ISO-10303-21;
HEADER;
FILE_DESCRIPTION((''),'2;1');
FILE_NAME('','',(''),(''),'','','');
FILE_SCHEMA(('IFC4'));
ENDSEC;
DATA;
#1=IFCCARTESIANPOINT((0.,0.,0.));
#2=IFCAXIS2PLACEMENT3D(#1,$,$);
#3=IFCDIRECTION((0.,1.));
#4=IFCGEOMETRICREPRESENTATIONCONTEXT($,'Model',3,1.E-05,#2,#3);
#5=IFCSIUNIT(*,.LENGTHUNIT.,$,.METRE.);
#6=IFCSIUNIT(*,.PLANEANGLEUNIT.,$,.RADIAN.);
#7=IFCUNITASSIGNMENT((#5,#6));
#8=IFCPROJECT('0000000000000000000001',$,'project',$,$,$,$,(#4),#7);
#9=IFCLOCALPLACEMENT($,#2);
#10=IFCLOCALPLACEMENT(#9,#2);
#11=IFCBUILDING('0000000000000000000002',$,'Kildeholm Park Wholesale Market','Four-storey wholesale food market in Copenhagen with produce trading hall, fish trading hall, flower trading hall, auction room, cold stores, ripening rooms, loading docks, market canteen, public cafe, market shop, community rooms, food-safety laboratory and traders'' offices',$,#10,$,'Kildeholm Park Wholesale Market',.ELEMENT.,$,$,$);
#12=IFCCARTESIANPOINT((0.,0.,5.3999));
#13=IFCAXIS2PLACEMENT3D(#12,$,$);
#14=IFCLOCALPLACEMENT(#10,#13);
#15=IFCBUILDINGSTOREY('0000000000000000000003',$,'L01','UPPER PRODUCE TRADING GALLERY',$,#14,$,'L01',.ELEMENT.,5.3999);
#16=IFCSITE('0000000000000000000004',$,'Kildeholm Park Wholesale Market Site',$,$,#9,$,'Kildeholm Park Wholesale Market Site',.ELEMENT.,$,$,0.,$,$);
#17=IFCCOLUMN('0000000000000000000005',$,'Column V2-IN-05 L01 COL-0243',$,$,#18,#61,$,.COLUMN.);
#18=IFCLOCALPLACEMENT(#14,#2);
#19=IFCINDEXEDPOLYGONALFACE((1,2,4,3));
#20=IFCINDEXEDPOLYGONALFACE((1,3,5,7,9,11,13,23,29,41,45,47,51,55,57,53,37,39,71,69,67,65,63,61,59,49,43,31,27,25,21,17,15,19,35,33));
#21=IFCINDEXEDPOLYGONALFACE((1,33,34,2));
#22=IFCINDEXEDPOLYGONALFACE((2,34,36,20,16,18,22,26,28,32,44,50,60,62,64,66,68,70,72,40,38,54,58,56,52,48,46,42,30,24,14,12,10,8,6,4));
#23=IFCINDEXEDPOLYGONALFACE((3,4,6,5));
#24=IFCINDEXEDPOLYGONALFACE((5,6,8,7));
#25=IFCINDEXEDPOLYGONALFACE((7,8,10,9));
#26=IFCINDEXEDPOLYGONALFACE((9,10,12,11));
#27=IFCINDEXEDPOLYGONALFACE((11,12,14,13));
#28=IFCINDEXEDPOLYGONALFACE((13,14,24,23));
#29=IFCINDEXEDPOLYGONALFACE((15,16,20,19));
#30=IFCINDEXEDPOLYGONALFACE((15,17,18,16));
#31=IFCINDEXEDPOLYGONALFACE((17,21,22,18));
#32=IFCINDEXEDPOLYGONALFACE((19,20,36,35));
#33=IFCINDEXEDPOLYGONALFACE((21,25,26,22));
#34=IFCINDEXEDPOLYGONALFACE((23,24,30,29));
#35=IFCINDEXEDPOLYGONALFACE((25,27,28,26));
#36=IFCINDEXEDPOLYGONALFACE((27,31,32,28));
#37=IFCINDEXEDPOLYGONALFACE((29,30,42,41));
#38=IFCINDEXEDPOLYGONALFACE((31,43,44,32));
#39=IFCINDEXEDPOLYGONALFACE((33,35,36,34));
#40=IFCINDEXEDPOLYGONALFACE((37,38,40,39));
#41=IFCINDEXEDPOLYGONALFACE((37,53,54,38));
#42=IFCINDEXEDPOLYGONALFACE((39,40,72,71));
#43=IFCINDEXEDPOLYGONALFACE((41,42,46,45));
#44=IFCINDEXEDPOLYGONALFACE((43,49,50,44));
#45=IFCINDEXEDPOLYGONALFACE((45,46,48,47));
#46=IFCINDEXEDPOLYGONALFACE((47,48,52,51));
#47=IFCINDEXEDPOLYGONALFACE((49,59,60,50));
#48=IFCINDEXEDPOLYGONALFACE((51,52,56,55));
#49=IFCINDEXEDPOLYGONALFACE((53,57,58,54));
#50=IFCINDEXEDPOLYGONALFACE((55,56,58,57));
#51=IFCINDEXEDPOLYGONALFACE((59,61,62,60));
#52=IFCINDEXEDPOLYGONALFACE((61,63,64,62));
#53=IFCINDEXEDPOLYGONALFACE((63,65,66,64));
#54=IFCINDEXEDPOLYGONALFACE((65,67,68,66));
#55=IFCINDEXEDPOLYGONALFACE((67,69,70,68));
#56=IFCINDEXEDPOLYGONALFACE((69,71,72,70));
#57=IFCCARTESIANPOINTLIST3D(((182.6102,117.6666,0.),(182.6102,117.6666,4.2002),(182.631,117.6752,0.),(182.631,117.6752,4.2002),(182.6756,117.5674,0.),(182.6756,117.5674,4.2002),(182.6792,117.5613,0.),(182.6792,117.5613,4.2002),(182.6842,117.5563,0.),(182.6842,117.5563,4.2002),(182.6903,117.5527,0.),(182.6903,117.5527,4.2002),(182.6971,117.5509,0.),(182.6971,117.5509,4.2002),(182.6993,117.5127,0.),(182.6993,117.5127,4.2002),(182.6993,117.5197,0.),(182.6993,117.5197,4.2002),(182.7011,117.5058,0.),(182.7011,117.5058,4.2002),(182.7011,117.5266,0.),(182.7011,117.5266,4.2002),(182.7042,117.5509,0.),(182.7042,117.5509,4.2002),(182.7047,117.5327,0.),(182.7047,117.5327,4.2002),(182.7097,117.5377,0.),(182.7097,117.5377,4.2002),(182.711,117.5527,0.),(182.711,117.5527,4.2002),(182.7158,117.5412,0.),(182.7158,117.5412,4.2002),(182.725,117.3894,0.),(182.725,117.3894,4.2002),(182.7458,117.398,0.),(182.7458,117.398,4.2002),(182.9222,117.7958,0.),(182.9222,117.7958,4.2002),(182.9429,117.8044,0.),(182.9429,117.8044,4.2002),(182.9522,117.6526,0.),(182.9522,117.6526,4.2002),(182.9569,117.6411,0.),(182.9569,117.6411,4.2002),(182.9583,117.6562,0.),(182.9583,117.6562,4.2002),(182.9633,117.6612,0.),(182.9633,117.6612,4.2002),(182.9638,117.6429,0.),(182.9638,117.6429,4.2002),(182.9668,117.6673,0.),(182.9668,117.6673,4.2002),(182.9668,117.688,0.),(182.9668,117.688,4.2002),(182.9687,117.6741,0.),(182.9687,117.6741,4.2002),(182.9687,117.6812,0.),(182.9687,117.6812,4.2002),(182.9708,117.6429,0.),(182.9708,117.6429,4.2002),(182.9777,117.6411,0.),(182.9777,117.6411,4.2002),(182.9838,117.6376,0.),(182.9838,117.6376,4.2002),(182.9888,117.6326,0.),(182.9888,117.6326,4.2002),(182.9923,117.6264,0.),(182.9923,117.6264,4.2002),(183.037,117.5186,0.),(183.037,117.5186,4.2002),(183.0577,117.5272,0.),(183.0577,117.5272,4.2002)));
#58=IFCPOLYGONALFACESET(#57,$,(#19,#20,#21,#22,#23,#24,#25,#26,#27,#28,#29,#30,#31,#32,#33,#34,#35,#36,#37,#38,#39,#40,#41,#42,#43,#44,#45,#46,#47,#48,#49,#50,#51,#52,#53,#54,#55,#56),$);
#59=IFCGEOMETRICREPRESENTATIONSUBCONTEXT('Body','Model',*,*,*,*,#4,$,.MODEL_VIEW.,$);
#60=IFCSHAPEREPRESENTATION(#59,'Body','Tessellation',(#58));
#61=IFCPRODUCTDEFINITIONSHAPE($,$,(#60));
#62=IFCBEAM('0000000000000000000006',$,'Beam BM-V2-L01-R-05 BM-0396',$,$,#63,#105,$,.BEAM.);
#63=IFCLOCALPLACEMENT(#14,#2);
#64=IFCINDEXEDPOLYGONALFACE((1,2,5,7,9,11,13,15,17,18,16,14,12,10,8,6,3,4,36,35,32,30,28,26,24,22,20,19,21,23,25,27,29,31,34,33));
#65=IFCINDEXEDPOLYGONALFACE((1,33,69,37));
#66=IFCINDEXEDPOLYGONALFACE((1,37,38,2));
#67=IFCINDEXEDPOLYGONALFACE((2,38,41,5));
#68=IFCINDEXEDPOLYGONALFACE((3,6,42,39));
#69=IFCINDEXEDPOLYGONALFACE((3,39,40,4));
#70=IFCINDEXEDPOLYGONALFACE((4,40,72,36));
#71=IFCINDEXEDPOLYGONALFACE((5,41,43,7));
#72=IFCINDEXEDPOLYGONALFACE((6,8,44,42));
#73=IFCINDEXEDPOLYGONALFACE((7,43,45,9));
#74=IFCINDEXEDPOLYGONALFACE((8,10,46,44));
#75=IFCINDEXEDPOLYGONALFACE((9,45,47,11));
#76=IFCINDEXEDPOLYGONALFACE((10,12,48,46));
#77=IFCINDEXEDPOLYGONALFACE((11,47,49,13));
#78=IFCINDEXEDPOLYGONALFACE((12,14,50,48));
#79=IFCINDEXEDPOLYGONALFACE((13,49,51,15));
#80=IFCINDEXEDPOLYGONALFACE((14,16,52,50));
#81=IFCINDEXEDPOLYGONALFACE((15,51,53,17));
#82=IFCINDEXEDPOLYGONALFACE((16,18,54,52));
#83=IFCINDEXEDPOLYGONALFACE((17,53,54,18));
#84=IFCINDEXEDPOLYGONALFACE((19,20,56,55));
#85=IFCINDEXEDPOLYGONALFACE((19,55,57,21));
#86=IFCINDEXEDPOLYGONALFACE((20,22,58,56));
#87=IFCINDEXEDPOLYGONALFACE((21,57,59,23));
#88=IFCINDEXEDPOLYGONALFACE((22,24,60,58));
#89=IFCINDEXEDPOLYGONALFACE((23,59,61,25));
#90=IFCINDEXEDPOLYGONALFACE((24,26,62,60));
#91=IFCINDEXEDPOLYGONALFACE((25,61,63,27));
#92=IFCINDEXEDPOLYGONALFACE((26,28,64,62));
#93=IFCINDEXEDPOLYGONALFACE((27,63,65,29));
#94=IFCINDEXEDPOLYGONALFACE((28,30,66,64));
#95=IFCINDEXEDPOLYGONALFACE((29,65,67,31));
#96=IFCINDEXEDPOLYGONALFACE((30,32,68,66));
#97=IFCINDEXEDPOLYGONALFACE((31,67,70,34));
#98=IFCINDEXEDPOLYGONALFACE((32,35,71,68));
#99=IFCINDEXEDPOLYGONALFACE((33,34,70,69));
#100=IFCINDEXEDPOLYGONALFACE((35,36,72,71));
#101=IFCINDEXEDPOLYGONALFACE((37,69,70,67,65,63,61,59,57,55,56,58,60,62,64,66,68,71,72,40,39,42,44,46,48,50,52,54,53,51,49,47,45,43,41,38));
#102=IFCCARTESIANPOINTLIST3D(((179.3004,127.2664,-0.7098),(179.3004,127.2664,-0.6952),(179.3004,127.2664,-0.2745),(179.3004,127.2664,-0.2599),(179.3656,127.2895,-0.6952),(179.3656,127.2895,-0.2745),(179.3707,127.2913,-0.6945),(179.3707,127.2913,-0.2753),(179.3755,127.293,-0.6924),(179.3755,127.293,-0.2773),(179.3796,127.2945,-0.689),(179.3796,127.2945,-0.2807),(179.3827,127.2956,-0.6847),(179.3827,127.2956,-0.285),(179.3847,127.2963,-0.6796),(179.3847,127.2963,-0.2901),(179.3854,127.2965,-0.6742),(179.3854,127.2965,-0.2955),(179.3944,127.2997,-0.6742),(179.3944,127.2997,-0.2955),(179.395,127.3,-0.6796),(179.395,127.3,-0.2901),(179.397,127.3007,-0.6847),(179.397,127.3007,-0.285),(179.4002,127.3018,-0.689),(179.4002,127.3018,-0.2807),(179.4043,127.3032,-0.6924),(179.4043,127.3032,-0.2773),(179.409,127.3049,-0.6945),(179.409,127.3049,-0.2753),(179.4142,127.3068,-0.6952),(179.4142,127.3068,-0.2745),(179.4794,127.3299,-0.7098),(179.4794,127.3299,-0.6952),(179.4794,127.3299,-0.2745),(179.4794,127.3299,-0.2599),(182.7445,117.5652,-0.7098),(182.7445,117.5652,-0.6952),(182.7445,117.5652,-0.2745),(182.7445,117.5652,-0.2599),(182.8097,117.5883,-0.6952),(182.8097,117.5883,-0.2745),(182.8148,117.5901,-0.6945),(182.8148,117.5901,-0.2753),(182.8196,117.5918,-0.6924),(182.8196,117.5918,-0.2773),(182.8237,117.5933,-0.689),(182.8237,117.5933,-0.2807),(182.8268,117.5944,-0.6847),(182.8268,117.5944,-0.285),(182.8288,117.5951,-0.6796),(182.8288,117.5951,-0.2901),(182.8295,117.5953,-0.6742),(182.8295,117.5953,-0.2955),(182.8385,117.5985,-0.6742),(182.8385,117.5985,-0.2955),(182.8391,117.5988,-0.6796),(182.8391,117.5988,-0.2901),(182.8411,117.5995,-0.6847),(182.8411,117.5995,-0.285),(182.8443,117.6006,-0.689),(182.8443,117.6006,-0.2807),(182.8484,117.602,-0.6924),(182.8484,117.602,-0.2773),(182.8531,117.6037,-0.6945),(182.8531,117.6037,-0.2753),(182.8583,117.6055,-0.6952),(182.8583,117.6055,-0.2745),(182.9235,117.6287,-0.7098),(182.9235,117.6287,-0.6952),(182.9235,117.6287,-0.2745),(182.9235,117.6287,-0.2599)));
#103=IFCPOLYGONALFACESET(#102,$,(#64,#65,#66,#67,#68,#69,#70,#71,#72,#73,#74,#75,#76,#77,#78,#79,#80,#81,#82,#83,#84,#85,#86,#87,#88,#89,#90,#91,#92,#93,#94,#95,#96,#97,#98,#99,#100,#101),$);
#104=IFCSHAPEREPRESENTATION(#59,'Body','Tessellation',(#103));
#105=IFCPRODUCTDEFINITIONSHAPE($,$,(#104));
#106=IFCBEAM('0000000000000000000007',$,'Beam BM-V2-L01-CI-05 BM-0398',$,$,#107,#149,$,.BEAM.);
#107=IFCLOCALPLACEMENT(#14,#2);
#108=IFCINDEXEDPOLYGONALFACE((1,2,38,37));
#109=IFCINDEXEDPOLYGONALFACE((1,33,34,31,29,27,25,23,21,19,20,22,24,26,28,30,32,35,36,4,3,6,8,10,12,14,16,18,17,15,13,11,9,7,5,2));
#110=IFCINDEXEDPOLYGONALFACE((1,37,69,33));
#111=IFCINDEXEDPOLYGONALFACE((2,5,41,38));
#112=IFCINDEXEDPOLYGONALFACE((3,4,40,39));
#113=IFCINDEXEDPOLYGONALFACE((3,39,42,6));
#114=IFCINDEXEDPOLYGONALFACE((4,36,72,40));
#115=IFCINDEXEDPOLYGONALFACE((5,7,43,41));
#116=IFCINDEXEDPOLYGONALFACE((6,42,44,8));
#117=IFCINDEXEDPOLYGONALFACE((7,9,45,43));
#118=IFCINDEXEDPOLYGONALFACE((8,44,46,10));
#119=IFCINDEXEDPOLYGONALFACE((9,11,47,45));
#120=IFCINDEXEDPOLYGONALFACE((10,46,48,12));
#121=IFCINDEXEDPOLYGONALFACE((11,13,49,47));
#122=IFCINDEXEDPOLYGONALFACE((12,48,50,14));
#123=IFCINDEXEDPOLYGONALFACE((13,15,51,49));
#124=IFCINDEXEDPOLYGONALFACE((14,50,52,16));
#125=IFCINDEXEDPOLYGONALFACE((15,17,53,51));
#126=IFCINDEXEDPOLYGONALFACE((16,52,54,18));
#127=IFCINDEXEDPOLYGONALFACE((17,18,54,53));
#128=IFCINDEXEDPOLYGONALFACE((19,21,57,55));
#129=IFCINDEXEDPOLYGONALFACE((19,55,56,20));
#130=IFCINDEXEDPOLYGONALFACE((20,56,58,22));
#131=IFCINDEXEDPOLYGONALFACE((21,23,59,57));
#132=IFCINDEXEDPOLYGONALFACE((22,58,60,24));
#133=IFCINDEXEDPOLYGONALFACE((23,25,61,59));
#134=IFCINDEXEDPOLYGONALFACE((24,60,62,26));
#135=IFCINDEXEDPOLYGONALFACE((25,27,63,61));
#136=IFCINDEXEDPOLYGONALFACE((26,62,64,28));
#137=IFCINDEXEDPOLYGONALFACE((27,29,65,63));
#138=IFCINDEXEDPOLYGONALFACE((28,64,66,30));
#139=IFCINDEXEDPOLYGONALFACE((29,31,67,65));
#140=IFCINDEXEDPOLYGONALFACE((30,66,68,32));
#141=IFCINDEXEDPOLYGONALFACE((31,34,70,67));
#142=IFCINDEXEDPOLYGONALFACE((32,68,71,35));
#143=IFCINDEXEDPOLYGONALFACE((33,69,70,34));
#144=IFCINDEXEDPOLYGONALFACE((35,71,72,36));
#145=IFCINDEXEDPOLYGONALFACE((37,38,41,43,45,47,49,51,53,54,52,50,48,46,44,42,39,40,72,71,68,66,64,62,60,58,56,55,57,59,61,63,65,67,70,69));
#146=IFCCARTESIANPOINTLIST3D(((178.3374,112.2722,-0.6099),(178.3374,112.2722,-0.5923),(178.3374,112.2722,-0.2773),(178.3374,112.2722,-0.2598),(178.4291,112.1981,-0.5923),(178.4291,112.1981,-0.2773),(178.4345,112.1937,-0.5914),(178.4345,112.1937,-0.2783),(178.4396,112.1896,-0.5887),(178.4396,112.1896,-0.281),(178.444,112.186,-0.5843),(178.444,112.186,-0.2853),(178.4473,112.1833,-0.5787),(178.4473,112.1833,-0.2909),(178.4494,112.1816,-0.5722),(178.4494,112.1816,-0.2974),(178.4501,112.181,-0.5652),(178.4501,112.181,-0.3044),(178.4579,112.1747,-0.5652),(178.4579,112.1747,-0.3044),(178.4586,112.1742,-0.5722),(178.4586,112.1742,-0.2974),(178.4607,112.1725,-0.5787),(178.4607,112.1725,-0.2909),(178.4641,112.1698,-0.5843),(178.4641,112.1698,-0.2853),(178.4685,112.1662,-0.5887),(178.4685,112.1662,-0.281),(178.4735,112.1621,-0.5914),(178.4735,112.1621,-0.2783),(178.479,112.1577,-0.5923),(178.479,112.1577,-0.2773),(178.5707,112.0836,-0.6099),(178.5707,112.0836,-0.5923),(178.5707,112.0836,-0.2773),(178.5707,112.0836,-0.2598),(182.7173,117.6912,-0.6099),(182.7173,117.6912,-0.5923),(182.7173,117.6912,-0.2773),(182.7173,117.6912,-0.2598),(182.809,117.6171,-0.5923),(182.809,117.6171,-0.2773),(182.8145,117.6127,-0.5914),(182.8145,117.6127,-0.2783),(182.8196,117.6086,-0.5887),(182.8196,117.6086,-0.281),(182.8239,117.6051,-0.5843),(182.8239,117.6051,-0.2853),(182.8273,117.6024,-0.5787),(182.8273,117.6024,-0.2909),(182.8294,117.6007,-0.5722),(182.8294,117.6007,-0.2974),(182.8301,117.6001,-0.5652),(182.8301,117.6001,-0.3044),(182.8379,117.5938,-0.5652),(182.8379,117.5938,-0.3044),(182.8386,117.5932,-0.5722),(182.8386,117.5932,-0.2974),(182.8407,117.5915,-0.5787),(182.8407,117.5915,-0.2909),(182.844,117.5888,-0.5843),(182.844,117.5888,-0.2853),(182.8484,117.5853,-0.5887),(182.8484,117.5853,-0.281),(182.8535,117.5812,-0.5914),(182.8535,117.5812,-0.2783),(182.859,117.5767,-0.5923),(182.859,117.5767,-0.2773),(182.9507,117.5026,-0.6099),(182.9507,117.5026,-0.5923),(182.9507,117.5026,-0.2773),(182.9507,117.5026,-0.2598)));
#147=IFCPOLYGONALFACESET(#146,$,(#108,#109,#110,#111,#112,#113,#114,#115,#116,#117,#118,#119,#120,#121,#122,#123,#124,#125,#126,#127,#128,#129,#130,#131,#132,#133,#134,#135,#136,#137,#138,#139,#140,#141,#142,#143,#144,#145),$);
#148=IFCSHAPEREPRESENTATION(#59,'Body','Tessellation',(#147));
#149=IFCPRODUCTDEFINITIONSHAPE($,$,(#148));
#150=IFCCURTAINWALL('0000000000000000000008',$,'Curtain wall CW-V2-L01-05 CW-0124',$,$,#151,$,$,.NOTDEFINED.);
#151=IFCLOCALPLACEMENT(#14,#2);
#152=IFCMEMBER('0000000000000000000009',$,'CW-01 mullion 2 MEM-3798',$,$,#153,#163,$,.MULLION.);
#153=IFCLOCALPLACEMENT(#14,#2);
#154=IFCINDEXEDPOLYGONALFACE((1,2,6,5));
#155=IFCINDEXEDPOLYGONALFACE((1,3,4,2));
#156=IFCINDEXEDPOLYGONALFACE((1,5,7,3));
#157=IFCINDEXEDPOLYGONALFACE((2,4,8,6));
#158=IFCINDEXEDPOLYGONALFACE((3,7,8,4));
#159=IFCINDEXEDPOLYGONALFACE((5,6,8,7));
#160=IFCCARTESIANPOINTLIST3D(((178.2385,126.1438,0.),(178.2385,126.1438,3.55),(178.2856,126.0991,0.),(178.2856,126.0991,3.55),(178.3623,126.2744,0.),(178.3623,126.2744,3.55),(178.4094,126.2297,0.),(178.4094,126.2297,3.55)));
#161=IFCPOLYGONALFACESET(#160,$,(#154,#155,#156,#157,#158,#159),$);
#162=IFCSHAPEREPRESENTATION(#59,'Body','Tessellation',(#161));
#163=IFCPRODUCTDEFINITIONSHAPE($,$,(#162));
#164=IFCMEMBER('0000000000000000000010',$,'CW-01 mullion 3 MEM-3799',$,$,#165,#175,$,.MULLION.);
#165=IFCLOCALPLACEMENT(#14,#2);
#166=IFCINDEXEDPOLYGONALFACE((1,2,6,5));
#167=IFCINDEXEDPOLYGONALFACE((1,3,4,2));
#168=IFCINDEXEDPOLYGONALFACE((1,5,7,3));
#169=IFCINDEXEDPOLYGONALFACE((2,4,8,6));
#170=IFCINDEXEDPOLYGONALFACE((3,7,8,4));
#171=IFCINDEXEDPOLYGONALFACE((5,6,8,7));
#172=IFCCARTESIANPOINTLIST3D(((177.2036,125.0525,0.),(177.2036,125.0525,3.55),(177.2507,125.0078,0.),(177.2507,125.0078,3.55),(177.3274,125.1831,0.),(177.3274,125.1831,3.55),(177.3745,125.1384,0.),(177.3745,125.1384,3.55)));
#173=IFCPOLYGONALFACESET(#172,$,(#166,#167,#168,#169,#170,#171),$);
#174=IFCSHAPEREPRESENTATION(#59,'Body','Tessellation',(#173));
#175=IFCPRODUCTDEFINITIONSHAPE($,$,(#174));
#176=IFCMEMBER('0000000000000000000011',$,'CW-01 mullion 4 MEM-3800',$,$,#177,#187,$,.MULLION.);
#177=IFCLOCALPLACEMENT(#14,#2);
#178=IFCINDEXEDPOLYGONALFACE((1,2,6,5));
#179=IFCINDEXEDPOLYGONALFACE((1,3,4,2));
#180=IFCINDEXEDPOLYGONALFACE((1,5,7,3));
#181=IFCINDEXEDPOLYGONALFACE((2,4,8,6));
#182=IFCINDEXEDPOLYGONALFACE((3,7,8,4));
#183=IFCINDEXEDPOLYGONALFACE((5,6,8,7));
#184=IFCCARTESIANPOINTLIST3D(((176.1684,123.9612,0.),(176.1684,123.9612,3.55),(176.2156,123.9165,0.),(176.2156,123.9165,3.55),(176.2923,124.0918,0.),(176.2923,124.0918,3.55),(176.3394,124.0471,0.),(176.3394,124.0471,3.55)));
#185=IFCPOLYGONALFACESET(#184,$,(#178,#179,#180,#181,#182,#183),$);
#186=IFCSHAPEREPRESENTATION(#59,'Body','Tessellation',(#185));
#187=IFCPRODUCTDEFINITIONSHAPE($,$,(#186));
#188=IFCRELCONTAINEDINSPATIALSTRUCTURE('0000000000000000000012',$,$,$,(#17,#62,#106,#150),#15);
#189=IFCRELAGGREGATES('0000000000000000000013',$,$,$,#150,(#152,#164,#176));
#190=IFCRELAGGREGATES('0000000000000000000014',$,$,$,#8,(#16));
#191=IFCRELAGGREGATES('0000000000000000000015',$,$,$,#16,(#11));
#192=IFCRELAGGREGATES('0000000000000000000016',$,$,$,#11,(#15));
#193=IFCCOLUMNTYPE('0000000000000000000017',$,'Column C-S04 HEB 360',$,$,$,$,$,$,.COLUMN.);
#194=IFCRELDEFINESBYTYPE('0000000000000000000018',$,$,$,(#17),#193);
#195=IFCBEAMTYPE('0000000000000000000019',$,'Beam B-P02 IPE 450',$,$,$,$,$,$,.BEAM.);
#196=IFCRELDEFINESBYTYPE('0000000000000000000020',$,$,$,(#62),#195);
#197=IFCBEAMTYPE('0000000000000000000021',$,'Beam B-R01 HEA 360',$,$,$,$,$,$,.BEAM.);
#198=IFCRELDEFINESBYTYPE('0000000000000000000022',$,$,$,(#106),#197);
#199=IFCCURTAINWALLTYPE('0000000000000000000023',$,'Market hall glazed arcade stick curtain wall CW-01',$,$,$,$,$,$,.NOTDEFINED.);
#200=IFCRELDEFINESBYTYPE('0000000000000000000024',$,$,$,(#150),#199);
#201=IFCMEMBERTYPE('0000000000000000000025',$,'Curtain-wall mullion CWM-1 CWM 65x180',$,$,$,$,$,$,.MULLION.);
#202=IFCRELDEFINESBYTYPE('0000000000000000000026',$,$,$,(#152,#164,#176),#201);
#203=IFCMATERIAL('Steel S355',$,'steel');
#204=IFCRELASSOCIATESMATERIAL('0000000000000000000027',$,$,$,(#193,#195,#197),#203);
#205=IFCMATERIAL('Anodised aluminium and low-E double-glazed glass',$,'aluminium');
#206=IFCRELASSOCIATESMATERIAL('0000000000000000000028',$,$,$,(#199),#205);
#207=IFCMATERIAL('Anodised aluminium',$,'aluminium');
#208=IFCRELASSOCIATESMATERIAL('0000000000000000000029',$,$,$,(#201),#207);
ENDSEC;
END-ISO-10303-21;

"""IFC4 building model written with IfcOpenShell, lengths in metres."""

from ifc_helpers import new_model, si_unit, direction, frame, origin, origin_2d, place, context, subcontext, project, spatial, rectangle, i_section, extrude, material, material_profile, profile_set, type_object, element, aggregate, save


model = new_model("IFC4")

# Units and contexts
model_context = context("Model", 3, precision=1e-05, world=origin(), true_north=direction((0.0, 1.0)))
body_context = subcontext(model_context, "Body", "Model", "MODEL_VIEW")
ifc_project = project(units=[si_unit("LENGTHUNIT", "METRE"), si_unit("PLANEANGLEUNIT", "RADIAN")], contexts=[model_context])

# Site, building, storey
site_placement = place(None, origin())
site = spatial("IfcSite", under=ifc_project, at=site_placement, Name="Kildeholm Park Wholesale Market Site", LongName="Kildeholm Park Wholesale Market Site", CompositionType="ELEMENT", RefElevation=0.0)
building_placement = place(site_placement, origin())
building = spatial("IfcBuilding", under=site, at=building_placement, Name="Kildeholm Park Wholesale Market", Description="Four-storey wholesale food market in Copenhagen with produce trading hall, fish trading hall, flower trading hall, auction room, cold stores, ripening rooms, loading docks, market canteen, public cafe, market shop, community rooms, food-safety laboratory and traders' offices", LongName="Kildeholm Park Wholesale Market", CompositionType="ELEMENT")
storey_placement = place(building_placement, frame((0.0, 0.0, 5.3999)))
storey = spatial("IfcBuildingStorey", under=building, at=storey_placement, Name="L01", Description="UPPER PRODUCE TRADING GALLERY", LongName="L01", CompositionType="ELEMENT", Elevation=5.3999)

# Column
ifc_material_1 = material(Name="Steel S355", Category="steel")
ifc_material_profile_1 = material_profile(ifc_material_1, i_section(OverallWidth=0.3, OverallDepth=0.3601, WebThickness=0.0125, FlangeThickness=0.0225, FilletRadius=0.0271, at=origin_2d()), Name="HEB 360")
ifc_profile_set_1 = profile_set([ifc_material_profile_1], Name="Steel S355")
column_type = type_object("IfcColumnType", Name="Column C-S04 HEB 360", PredefinedType="COLUMN", material=ifc_profile_set_1)
column_placement = place(storey_placement, frame((182.834, 117.5969, 0.0), z_axis=(0.0, 0.0, 1.0), x_axis=(-0.382683, 0.92388, 0.0)))
element("IfcColumn", 1, at=column_placement, inside=storey, type_object=column_type, Name="Column V2-IN-05 L01 COL-0243", PredefinedType="COLUMN", context=body_context, shape_type="SweptSolid", body=[
    extrude(i_section(OverallWidth=0.3, OverallDepth=0.3601, WebThickness=0.0125, FlangeThickness=0.0225, FilletRadius=0.0271, at=origin_2d()), origin(), (0.0, 0.0, 1.0), 4.2002),
])

# Beams
ifc_material_profile_2 = material_profile(ifc_material_1, i_section(OverallWidth=0.1899, OverallDepth=0.45, WebThickness=0.0095, FlangeThickness=0.0146, FilletRadius=0.021, at=origin_2d()), Name="IPE 450")
ifc_profile_set_2 = profile_set([ifc_material_profile_2], Name="Steel S355")
beam_type_1 = type_object("IfcBeamType", Name="Beam B-P02 IPE 450", PredefinedType="BEAM", material=ifc_profile_set_2)
beam_1_placement = place(storey_placement, frame((182.834, 117.5969, -0.4849), z_axis=(-0.33456, 0.942374, 0.0), x_axis=(-0.942374, -0.33456, 0.0)))
element("IfcBeam", 2, at=beam_1_placement, inside=storey, type_object=beam_type_1, Name="Beam BM-V2-L01-R-05 BM-0396", PredefinedType="BEAM", context=body_context, shape_type="SweptSolid", body=[
    extrude(i_section(OverallWidth=0.1899, OverallDepth=0.45, WebThickness=0.0095, FlangeThickness=0.0146, FilletRadius=0.021, at=origin_2d()), origin(), (0.0, 0.0, 1.0), 10.2944),
])
ifc_material_profile_3 = material_profile(ifc_material_1, i_section(OverallWidth=0.3, OverallDepth=0.3501, WebThickness=0.01, FlangeThickness=0.0176, FilletRadius=0.0271, at=origin_2d()), Name="HEA 360")
ifc_profile_set_3 = profile_set([ifc_material_profile_3], Name="Steel S355")
beam_type_2 = type_object("IfcBeamType", Name="Beam B-R01 HEA 360", PredefinedType="BEAM", material=ifc_profile_set_3)
beam_2_placement = place(storey_placement, frame((182.834, 117.5969, -0.4348), z_axis=(-0.628601, -0.777728, 0.0), x_axis=(0.777728, -0.628601, 0.0)))
element("IfcBeam", 3, at=beam_2_placement, inside=storey, type_object=beam_type_2, Name="Beam BM-V2-L01-CI-05 BM-0398", PredefinedType="BEAM", context=body_context, shape_type="SweptSolid", body=[
    extrude(i_section(OverallWidth=0.3, OverallDepth=0.3501, WebThickness=0.01, FlangeThickness=0.0176, FilletRadius=0.0271, at=origin_2d()), origin(), (0.0, 0.0, 1.0), 6.9678),
])

# Curtain wall, members
ifc_material_2 = material(Name="Anodised aluminium and low-E double-glazed glass", Category="aluminium")
curtain_wall_type = type_object("IfcCurtainWallType", Name="Market hall glazed arcade stick curtain wall CW-01", PredefinedType="NOTDEFINED", material=ifc_material_2)
curtain_wall_placement = place(storey_placement, origin())
curtain_wall = element("IfcCurtainWall", 4, at=curtain_wall_placement, inside=storey, type_object=curtain_wall_type, Name="Curtain wall CW-V2-L01-05 CW-0124", PredefinedType="NOTDEFINED")
ifc_material_3 = material(Name="Anodised aluminium", Category="aluminium")
ifc_material_profile_4 = material_profile(ifc_material_3, rectangle(XDim=0.0649, YDim=0.1799, at=origin_2d()), Name="CWM 65x180")
ifc_profile_set_4 = profile_set([ifc_material_profile_4], Name="Anodised aluminium")
member_type_1 = type_object("IfcMemberType", Name="Curtain-wall mullion CWM-1 CWM 65x180", PredefinedType="MULLION", material=ifc_profile_set_4)
member_1_placement = place(storey_placement, frame((178.324, 126.1868, 0.0), z_axis=(0.0, 0.0, 1.0), x_axis=(0.725571, -0.688148, 0.0)))
member_1 = element("IfcMember", 5, at=member_1_placement, type_object=member_type_1, Name="CW-01 mullion 2 MEM-3798", PredefinedType="MULLION", context=body_context, shape_type="SweptSolid", body=[
    extrude(rectangle(XDim=0.0649, YDim=0.1799, at=origin_2d()), origin(), (0.0, 0.0, 1.0), 3.55),
])
member_2_placement = place(storey_placement, frame((177.2891, 125.0955, 0.0), z_axis=(0.0, 0.0, 1.0), x_axis=(0.725571, -0.688148, 0.0)))
member_2 = element("IfcMember", 6, at=member_2_placement, type_object=member_type_1, Name="CW-01 mullion 3 MEM-3799", PredefinedType="MULLION", context=body_context, shape_type="SweptSolid", body=[
    extrude(rectangle(XDim=0.0649, YDim=0.1799, at=origin_2d()), origin(), (0.0, 0.0, 1.0), 3.55),
])
member_3_placement = place(storey_placement, frame((176.2539, 124.0042, 0.0), z_axis=(0.0, 0.0, 1.0), x_axis=(0.725571, -0.688148, 0.0)))
member_3 = element("IfcMember", 7, at=member_3_placement, type_object=member_type_1, Name="CW-01 mullion 4 MEM-3800", PredefinedType="MULLION", context=body_context, shape_type="SweptSolid", body=[
    extrude(rectangle(XDim=0.0649, YDim=0.1799, at=origin_2d()), origin(), (0.0, 0.0, 1.0), 3.55),
])
aggregate(curtain_wall, [member_1, member_2, member_3])

save(model, "model.ifc")
